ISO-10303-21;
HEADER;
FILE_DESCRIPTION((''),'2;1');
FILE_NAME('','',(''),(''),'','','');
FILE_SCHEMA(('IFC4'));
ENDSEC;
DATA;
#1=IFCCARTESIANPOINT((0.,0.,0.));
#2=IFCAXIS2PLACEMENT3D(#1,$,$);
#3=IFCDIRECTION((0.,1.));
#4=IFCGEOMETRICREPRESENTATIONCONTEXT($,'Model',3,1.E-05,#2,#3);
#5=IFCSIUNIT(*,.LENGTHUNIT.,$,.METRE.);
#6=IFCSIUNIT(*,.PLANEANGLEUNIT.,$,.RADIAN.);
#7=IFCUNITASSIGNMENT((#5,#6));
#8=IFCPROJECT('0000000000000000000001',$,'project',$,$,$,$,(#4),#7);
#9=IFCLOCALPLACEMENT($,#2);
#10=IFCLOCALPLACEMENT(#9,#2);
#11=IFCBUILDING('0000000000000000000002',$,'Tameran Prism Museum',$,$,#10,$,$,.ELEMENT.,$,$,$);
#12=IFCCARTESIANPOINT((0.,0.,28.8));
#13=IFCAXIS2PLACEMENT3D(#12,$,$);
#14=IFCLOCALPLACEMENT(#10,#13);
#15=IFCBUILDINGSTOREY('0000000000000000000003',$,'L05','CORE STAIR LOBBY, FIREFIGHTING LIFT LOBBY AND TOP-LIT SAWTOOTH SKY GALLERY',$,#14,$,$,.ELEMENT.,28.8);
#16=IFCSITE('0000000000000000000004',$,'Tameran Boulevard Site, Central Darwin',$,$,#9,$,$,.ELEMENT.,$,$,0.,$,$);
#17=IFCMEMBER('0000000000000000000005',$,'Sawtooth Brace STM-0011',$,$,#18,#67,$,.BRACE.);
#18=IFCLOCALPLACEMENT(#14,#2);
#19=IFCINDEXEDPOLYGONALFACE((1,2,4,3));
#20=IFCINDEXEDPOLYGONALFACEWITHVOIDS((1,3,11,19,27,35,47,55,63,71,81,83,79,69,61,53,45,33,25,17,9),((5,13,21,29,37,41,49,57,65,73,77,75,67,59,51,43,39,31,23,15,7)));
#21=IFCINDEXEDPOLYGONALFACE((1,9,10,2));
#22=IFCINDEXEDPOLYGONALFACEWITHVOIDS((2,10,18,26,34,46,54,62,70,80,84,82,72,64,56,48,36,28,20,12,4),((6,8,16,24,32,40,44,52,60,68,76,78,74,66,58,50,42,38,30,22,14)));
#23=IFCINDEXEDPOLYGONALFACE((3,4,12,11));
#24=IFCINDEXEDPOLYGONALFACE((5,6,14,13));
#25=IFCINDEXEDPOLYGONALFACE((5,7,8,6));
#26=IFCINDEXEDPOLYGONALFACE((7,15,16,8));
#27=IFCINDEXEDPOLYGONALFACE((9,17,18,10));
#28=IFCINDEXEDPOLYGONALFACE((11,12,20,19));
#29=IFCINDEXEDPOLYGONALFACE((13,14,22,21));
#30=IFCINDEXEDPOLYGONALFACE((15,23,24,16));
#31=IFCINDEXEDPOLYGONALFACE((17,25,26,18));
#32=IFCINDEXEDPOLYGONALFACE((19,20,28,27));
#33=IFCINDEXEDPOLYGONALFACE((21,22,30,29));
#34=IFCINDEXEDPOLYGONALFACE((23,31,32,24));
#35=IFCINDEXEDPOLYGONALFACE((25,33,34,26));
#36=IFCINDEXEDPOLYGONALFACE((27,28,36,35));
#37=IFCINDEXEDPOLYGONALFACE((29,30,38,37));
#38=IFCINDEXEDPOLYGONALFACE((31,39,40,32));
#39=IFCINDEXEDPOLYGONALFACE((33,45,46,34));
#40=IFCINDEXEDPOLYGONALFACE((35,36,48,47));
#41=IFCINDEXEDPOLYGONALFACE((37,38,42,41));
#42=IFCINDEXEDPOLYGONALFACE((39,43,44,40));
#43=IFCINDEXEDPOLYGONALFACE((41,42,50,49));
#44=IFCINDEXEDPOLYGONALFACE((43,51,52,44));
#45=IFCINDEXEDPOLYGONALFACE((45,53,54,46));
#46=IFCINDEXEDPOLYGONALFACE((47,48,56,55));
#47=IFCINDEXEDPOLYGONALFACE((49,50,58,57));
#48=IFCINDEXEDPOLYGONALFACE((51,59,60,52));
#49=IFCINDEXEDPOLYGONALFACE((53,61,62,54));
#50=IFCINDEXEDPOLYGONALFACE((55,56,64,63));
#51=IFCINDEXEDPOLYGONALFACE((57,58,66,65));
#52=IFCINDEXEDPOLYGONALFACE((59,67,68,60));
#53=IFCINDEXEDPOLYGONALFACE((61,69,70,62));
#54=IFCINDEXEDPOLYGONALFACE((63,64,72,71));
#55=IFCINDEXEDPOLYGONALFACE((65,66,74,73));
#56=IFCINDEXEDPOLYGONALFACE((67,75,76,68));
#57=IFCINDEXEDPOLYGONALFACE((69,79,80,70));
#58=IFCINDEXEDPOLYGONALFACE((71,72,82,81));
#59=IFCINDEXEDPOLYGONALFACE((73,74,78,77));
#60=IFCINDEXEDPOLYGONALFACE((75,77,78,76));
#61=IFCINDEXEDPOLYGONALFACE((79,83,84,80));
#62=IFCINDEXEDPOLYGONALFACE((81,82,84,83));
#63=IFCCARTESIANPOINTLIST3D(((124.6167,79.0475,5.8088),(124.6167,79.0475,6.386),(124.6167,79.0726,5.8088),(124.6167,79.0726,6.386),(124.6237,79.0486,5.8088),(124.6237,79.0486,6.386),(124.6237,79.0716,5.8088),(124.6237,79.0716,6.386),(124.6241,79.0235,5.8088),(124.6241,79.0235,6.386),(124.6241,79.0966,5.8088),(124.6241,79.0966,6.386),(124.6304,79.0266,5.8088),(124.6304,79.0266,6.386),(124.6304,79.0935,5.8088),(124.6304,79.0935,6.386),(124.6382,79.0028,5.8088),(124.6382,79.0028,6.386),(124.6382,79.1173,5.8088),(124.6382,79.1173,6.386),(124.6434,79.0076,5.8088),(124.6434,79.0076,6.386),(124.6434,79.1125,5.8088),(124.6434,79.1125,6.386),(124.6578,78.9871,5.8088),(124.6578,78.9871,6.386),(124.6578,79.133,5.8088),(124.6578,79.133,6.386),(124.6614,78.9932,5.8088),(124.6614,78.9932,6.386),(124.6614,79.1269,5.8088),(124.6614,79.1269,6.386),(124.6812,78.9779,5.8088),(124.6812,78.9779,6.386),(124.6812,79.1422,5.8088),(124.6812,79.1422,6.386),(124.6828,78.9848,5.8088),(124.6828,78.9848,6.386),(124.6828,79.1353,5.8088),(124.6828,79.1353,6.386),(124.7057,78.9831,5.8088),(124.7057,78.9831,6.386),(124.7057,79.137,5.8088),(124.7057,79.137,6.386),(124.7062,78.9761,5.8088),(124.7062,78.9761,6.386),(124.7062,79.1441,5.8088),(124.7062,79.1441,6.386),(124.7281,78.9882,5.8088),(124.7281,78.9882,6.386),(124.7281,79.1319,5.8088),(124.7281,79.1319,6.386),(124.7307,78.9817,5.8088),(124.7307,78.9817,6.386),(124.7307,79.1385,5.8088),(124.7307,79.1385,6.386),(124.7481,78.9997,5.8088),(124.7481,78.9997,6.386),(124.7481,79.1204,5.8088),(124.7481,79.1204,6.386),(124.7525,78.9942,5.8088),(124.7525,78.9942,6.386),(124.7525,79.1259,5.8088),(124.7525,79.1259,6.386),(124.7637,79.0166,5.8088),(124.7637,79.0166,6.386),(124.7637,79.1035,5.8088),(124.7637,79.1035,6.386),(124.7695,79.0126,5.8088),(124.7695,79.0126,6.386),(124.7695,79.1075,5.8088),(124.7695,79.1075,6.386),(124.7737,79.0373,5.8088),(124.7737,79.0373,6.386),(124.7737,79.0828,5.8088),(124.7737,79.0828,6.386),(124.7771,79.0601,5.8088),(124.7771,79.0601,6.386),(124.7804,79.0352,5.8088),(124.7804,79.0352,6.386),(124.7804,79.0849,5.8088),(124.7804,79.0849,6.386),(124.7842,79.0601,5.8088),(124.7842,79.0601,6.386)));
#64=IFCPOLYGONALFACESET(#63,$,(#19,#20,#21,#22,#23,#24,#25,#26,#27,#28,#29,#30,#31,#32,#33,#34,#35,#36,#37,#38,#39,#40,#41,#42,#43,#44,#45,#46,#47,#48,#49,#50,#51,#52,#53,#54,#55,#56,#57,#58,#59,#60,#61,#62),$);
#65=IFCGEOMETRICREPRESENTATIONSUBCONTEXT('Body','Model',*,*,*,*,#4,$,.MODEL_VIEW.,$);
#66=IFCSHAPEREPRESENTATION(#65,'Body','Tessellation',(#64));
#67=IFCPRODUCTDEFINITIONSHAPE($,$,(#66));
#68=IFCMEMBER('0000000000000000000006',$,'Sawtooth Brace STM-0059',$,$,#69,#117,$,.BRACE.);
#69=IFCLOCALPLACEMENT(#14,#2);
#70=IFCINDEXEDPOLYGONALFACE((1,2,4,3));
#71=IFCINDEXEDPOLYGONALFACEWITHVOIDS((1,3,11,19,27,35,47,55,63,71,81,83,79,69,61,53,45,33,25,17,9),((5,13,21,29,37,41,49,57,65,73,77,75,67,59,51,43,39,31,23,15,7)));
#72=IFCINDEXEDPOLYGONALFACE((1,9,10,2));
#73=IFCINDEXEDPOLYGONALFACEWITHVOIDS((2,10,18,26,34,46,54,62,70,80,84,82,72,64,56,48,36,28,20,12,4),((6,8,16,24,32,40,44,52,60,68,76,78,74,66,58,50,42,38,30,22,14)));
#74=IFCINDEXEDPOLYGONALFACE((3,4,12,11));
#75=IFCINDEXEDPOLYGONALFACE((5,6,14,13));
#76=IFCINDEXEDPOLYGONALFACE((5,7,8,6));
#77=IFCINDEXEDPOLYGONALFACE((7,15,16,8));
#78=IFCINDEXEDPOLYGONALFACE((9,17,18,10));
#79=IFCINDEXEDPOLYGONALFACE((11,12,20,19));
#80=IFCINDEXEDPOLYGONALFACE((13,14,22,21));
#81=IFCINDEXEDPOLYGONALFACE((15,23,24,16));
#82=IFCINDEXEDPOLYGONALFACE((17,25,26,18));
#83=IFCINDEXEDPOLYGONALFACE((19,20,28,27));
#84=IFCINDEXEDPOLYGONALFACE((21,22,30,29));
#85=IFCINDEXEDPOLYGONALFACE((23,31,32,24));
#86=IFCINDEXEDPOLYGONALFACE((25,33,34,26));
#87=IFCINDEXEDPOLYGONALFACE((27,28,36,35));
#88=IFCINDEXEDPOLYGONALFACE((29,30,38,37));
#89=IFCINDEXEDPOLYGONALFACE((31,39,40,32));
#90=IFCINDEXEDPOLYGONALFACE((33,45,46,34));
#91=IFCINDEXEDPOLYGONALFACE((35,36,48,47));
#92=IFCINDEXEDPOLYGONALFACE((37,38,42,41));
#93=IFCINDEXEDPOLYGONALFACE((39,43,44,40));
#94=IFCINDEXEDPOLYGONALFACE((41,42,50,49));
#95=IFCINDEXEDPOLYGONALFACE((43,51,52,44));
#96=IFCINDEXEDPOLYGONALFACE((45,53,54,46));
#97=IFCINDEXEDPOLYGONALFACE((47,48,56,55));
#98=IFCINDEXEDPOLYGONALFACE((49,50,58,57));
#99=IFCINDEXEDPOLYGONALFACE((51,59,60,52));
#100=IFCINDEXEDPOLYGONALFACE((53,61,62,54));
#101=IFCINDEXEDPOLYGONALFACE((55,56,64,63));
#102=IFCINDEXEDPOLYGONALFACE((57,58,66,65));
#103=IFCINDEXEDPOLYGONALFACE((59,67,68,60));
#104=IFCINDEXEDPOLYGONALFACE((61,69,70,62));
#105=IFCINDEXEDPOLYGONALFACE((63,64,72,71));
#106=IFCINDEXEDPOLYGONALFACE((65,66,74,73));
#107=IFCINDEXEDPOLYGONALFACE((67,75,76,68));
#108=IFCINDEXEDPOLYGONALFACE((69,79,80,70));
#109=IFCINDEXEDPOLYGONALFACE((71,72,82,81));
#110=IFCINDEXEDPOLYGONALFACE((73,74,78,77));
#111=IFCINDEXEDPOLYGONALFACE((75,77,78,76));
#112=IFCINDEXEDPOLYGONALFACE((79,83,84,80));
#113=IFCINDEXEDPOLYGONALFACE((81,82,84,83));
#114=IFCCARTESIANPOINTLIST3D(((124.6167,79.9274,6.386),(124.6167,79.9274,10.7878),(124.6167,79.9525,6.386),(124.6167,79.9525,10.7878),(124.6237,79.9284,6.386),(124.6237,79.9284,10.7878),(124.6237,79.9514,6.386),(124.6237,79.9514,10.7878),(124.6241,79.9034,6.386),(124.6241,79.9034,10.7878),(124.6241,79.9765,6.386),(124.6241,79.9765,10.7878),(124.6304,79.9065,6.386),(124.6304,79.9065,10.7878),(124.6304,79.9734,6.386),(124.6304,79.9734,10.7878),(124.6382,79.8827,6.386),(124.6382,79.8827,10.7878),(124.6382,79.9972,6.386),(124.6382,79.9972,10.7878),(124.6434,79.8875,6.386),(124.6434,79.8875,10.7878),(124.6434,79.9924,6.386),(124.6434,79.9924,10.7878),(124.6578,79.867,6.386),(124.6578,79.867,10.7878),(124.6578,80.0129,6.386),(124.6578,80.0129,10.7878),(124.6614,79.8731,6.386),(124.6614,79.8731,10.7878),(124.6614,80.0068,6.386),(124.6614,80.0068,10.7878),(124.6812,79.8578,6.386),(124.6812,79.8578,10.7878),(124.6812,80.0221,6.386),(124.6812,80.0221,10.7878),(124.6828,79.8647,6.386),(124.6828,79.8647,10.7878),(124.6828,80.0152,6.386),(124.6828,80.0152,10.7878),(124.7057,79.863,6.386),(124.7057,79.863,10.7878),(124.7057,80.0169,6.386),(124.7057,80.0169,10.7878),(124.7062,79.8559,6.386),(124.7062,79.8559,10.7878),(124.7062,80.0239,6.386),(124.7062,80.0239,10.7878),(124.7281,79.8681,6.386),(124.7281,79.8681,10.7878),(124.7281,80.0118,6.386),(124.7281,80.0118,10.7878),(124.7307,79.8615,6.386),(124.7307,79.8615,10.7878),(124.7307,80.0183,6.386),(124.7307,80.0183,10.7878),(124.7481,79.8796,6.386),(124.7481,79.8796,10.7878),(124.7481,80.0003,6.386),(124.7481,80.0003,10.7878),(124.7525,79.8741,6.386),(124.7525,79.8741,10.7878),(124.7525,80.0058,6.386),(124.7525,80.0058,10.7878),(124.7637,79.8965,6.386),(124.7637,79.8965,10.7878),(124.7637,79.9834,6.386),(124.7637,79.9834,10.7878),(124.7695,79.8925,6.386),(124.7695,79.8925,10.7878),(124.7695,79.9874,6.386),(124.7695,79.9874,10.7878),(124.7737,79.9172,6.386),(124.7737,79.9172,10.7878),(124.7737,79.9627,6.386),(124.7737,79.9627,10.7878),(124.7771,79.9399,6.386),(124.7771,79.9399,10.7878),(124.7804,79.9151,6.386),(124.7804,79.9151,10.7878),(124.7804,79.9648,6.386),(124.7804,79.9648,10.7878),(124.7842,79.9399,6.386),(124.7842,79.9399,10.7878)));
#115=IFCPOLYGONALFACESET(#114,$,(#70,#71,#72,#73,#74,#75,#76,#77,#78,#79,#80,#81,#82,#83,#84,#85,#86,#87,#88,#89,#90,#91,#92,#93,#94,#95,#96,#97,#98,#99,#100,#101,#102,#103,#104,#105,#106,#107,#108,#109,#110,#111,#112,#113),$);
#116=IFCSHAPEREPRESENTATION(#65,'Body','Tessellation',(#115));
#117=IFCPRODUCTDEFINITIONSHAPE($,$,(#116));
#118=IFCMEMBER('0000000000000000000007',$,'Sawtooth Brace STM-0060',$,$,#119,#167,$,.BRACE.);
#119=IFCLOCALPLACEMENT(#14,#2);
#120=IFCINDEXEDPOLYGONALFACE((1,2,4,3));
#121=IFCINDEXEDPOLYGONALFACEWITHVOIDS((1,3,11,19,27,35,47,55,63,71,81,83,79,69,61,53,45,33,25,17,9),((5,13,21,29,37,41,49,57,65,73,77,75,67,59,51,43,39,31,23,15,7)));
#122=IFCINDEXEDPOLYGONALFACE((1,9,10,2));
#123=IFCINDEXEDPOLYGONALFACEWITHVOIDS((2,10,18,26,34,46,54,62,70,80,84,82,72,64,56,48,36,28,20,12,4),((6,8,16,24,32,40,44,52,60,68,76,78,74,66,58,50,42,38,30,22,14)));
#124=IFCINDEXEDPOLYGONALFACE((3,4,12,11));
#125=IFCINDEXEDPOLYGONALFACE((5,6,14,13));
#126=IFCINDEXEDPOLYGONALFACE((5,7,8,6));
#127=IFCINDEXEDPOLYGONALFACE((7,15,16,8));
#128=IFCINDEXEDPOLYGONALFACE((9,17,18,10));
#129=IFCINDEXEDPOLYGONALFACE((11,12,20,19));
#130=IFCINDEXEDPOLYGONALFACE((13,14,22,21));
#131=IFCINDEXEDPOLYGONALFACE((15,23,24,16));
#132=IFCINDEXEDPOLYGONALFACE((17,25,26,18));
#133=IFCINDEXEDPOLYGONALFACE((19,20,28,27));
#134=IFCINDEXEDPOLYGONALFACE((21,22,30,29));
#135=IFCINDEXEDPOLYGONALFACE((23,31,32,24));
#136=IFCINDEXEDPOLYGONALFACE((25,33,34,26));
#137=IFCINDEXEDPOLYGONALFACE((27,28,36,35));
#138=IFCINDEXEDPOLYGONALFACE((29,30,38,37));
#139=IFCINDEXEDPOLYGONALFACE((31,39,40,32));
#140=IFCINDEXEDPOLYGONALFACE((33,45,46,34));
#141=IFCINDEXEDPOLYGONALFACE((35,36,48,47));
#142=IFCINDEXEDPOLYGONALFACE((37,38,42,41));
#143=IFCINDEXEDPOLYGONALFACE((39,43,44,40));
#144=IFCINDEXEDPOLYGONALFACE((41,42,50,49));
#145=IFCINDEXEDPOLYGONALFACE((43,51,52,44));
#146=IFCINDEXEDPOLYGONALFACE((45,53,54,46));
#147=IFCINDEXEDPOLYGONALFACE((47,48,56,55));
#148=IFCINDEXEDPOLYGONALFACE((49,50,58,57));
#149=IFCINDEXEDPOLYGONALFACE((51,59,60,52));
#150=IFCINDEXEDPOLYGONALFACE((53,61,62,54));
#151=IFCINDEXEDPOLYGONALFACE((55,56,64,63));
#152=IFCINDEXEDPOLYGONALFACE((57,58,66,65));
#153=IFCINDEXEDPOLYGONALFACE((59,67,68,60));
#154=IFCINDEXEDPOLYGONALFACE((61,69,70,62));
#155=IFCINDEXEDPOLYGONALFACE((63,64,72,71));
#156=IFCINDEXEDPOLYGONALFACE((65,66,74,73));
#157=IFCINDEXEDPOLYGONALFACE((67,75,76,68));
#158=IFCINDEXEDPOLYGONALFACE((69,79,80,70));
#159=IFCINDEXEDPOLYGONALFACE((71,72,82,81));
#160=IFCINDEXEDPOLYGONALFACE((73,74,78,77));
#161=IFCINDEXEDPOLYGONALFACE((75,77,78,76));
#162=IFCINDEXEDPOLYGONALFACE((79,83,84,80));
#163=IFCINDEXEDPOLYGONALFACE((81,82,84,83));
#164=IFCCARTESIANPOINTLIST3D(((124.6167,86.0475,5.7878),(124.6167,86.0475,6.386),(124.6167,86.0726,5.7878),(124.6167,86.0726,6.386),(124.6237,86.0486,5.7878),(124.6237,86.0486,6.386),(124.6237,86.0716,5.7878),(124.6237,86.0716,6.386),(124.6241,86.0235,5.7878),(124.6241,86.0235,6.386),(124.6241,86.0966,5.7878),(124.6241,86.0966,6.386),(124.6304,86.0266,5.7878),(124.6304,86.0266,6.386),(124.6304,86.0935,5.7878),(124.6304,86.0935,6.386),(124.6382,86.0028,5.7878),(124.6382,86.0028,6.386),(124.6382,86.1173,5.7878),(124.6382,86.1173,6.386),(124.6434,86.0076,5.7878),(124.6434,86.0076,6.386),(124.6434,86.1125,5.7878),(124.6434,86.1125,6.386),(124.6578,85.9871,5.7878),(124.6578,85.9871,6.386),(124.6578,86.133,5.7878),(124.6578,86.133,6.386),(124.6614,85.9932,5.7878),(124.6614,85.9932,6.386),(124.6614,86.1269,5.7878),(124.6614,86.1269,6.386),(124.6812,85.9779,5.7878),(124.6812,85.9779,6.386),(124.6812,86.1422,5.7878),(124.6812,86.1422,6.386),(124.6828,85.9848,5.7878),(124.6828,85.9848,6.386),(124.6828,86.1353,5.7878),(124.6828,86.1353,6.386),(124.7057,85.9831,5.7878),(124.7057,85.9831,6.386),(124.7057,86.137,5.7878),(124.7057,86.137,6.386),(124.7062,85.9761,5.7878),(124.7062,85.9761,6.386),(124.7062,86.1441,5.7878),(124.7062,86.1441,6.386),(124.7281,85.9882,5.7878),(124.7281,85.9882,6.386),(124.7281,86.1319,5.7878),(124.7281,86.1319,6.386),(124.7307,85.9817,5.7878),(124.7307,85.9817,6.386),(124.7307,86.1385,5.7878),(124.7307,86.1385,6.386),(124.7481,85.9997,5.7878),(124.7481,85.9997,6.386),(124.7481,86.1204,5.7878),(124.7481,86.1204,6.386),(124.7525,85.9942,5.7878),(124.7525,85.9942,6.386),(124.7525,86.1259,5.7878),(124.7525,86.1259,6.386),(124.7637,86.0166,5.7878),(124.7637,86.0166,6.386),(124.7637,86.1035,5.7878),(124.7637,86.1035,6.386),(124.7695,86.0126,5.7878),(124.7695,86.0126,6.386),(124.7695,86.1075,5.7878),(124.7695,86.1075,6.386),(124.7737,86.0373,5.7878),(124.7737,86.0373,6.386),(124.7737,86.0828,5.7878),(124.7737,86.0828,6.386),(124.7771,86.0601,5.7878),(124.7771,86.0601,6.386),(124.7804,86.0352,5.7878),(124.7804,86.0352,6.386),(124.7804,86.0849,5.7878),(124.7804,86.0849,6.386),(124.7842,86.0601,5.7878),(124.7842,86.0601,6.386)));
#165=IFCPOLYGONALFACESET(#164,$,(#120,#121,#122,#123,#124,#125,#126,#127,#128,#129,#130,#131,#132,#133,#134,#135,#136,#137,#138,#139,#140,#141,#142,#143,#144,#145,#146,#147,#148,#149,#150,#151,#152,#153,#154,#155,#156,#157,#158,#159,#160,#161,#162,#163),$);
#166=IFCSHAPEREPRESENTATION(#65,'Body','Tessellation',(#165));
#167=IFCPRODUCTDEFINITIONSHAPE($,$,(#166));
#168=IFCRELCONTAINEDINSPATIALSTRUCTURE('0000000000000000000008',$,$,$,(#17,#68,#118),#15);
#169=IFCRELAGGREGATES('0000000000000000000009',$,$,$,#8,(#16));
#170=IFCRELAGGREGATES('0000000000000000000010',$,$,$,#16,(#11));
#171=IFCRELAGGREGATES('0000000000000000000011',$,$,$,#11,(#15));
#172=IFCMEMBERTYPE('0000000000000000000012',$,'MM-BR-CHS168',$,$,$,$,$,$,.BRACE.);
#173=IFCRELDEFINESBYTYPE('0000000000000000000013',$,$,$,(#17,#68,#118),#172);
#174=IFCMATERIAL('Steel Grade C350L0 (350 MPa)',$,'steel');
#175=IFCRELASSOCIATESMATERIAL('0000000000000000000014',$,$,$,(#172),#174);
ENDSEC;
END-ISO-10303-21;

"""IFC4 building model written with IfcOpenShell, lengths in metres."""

from ifc_helpers import new_model, si_unit, direction, frame, origin, origin_2d, place, context, subcontext, project, spatial, hollow_circle, extrude, material, material_profile, profile_set, type_object, element, save


model = new_model("IFC4")

# Units and contexts
model_context = context("Model", 3, precision=1e-05, world=origin(), true_north=direction((0.0, 1.0)))
body_context = subcontext(model_context, "Body", "Model", "MODEL_VIEW")
ifc_project = project(units=[si_unit("LENGTHUNIT", "METRE"), si_unit("PLANEANGLEUNIT", "RADIAN")], contexts=[model_context])

# Site, building, storey
site_placement = place(None, origin())
site = spatial("IfcSite", under=ifc_project, at=site_placement, Name="Tameran Boulevard Site, Central Darwin", CompositionType="ELEMENT", RefElevation=0.0)
building_placement = place(site_placement, origin())
building = spatial("IfcBuilding", under=site, at=building_placement, Name="Tameran Prism Museum", CompositionType="ELEMENT")
storey_placement = place(building_placement, frame((0.0, 0.0, 28.8)))
storey = spatial("IfcBuildingStorey", under=building, at=storey_placement, Name="L05", Description="CORE STAIR LOBBY, FIREFIGHTING LIFT LOBBY AND TOP-LIT SAWTOOTH SKY GALLERY", CompositionType="ELEMENT", Elevation=28.8)

# Members
ifc_material_1 = material(Name="Steel Grade C350L0 (350 MPa)", Category="steel")
ifc_material_profile_1 = material_profile(ifc_material_1, hollow_circle(Radius=0.0842, WallThickness=0.0071, at=origin_2d()))
ifc_profile_set_1 = profile_set([ifc_material_profile_1])
member_type_1 = type_object("IfcMemberType", Name="MM-BR-CHS168", PredefinedType="BRACE", material=ifc_profile_set_1)
member_1_placement = place(storey_placement, frame((124.7, 79.0601, 6.386), z_axis=(0.0, 0.0, -1.0), x_axis=(1.0, 0.0, 0.0)))
element("IfcMember", 1, at=member_1_placement, inside=storey, type_object=member_type_1, Name="Sawtooth Brace STM-0011", PredefinedType="BRACE", context=body_context, shape_type="SweptSolid", body=[
    extrude(hollow_circle(Radius=0.0842, WallThickness=0.0071, at=origin_2d()), origin(), (0.0, 0.0, 1.0), 0.5771),
])
member_2_placement = place(storey_placement, frame((124.7, 79.9399, 6.386), z_axis=(0.0, 0.0, 1.0), x_axis=(1.0, 0.0, 0.0)))
element("IfcMember", 2, at=member_2_placement, inside=storey, type_object=member_type_1, Name="Sawtooth Brace STM-0059", PredefinedType="BRACE", context=body_context, shape_type="SweptSolid", body=[
    extrude(hollow_circle(Radius=0.0842, WallThickness=0.0071, at=origin_2d()), origin(), (0.0, 0.0, 1.0), 4.4019),
])
member_3_placement = place(storey_placement, frame((124.7, 86.0601, 6.386), z_axis=(0.0, 0.0, -1.0), x_axis=(1.0, 0.0, 0.0)))
element("IfcMember", 3, at=member_3_placement, inside=storey, type_object=member_type_1, Name="Sawtooth Brace STM-0060", PredefinedType="BRACE", context=body_context, shape_type="SweptSolid", body=[
    extrude(hollow_circle(Radius=0.0842, WallThickness=0.0071, at=origin_2d()), origin(), (0.0, 0.0, 1.0), 0.5981),
])

save(model, "model.ifc")
